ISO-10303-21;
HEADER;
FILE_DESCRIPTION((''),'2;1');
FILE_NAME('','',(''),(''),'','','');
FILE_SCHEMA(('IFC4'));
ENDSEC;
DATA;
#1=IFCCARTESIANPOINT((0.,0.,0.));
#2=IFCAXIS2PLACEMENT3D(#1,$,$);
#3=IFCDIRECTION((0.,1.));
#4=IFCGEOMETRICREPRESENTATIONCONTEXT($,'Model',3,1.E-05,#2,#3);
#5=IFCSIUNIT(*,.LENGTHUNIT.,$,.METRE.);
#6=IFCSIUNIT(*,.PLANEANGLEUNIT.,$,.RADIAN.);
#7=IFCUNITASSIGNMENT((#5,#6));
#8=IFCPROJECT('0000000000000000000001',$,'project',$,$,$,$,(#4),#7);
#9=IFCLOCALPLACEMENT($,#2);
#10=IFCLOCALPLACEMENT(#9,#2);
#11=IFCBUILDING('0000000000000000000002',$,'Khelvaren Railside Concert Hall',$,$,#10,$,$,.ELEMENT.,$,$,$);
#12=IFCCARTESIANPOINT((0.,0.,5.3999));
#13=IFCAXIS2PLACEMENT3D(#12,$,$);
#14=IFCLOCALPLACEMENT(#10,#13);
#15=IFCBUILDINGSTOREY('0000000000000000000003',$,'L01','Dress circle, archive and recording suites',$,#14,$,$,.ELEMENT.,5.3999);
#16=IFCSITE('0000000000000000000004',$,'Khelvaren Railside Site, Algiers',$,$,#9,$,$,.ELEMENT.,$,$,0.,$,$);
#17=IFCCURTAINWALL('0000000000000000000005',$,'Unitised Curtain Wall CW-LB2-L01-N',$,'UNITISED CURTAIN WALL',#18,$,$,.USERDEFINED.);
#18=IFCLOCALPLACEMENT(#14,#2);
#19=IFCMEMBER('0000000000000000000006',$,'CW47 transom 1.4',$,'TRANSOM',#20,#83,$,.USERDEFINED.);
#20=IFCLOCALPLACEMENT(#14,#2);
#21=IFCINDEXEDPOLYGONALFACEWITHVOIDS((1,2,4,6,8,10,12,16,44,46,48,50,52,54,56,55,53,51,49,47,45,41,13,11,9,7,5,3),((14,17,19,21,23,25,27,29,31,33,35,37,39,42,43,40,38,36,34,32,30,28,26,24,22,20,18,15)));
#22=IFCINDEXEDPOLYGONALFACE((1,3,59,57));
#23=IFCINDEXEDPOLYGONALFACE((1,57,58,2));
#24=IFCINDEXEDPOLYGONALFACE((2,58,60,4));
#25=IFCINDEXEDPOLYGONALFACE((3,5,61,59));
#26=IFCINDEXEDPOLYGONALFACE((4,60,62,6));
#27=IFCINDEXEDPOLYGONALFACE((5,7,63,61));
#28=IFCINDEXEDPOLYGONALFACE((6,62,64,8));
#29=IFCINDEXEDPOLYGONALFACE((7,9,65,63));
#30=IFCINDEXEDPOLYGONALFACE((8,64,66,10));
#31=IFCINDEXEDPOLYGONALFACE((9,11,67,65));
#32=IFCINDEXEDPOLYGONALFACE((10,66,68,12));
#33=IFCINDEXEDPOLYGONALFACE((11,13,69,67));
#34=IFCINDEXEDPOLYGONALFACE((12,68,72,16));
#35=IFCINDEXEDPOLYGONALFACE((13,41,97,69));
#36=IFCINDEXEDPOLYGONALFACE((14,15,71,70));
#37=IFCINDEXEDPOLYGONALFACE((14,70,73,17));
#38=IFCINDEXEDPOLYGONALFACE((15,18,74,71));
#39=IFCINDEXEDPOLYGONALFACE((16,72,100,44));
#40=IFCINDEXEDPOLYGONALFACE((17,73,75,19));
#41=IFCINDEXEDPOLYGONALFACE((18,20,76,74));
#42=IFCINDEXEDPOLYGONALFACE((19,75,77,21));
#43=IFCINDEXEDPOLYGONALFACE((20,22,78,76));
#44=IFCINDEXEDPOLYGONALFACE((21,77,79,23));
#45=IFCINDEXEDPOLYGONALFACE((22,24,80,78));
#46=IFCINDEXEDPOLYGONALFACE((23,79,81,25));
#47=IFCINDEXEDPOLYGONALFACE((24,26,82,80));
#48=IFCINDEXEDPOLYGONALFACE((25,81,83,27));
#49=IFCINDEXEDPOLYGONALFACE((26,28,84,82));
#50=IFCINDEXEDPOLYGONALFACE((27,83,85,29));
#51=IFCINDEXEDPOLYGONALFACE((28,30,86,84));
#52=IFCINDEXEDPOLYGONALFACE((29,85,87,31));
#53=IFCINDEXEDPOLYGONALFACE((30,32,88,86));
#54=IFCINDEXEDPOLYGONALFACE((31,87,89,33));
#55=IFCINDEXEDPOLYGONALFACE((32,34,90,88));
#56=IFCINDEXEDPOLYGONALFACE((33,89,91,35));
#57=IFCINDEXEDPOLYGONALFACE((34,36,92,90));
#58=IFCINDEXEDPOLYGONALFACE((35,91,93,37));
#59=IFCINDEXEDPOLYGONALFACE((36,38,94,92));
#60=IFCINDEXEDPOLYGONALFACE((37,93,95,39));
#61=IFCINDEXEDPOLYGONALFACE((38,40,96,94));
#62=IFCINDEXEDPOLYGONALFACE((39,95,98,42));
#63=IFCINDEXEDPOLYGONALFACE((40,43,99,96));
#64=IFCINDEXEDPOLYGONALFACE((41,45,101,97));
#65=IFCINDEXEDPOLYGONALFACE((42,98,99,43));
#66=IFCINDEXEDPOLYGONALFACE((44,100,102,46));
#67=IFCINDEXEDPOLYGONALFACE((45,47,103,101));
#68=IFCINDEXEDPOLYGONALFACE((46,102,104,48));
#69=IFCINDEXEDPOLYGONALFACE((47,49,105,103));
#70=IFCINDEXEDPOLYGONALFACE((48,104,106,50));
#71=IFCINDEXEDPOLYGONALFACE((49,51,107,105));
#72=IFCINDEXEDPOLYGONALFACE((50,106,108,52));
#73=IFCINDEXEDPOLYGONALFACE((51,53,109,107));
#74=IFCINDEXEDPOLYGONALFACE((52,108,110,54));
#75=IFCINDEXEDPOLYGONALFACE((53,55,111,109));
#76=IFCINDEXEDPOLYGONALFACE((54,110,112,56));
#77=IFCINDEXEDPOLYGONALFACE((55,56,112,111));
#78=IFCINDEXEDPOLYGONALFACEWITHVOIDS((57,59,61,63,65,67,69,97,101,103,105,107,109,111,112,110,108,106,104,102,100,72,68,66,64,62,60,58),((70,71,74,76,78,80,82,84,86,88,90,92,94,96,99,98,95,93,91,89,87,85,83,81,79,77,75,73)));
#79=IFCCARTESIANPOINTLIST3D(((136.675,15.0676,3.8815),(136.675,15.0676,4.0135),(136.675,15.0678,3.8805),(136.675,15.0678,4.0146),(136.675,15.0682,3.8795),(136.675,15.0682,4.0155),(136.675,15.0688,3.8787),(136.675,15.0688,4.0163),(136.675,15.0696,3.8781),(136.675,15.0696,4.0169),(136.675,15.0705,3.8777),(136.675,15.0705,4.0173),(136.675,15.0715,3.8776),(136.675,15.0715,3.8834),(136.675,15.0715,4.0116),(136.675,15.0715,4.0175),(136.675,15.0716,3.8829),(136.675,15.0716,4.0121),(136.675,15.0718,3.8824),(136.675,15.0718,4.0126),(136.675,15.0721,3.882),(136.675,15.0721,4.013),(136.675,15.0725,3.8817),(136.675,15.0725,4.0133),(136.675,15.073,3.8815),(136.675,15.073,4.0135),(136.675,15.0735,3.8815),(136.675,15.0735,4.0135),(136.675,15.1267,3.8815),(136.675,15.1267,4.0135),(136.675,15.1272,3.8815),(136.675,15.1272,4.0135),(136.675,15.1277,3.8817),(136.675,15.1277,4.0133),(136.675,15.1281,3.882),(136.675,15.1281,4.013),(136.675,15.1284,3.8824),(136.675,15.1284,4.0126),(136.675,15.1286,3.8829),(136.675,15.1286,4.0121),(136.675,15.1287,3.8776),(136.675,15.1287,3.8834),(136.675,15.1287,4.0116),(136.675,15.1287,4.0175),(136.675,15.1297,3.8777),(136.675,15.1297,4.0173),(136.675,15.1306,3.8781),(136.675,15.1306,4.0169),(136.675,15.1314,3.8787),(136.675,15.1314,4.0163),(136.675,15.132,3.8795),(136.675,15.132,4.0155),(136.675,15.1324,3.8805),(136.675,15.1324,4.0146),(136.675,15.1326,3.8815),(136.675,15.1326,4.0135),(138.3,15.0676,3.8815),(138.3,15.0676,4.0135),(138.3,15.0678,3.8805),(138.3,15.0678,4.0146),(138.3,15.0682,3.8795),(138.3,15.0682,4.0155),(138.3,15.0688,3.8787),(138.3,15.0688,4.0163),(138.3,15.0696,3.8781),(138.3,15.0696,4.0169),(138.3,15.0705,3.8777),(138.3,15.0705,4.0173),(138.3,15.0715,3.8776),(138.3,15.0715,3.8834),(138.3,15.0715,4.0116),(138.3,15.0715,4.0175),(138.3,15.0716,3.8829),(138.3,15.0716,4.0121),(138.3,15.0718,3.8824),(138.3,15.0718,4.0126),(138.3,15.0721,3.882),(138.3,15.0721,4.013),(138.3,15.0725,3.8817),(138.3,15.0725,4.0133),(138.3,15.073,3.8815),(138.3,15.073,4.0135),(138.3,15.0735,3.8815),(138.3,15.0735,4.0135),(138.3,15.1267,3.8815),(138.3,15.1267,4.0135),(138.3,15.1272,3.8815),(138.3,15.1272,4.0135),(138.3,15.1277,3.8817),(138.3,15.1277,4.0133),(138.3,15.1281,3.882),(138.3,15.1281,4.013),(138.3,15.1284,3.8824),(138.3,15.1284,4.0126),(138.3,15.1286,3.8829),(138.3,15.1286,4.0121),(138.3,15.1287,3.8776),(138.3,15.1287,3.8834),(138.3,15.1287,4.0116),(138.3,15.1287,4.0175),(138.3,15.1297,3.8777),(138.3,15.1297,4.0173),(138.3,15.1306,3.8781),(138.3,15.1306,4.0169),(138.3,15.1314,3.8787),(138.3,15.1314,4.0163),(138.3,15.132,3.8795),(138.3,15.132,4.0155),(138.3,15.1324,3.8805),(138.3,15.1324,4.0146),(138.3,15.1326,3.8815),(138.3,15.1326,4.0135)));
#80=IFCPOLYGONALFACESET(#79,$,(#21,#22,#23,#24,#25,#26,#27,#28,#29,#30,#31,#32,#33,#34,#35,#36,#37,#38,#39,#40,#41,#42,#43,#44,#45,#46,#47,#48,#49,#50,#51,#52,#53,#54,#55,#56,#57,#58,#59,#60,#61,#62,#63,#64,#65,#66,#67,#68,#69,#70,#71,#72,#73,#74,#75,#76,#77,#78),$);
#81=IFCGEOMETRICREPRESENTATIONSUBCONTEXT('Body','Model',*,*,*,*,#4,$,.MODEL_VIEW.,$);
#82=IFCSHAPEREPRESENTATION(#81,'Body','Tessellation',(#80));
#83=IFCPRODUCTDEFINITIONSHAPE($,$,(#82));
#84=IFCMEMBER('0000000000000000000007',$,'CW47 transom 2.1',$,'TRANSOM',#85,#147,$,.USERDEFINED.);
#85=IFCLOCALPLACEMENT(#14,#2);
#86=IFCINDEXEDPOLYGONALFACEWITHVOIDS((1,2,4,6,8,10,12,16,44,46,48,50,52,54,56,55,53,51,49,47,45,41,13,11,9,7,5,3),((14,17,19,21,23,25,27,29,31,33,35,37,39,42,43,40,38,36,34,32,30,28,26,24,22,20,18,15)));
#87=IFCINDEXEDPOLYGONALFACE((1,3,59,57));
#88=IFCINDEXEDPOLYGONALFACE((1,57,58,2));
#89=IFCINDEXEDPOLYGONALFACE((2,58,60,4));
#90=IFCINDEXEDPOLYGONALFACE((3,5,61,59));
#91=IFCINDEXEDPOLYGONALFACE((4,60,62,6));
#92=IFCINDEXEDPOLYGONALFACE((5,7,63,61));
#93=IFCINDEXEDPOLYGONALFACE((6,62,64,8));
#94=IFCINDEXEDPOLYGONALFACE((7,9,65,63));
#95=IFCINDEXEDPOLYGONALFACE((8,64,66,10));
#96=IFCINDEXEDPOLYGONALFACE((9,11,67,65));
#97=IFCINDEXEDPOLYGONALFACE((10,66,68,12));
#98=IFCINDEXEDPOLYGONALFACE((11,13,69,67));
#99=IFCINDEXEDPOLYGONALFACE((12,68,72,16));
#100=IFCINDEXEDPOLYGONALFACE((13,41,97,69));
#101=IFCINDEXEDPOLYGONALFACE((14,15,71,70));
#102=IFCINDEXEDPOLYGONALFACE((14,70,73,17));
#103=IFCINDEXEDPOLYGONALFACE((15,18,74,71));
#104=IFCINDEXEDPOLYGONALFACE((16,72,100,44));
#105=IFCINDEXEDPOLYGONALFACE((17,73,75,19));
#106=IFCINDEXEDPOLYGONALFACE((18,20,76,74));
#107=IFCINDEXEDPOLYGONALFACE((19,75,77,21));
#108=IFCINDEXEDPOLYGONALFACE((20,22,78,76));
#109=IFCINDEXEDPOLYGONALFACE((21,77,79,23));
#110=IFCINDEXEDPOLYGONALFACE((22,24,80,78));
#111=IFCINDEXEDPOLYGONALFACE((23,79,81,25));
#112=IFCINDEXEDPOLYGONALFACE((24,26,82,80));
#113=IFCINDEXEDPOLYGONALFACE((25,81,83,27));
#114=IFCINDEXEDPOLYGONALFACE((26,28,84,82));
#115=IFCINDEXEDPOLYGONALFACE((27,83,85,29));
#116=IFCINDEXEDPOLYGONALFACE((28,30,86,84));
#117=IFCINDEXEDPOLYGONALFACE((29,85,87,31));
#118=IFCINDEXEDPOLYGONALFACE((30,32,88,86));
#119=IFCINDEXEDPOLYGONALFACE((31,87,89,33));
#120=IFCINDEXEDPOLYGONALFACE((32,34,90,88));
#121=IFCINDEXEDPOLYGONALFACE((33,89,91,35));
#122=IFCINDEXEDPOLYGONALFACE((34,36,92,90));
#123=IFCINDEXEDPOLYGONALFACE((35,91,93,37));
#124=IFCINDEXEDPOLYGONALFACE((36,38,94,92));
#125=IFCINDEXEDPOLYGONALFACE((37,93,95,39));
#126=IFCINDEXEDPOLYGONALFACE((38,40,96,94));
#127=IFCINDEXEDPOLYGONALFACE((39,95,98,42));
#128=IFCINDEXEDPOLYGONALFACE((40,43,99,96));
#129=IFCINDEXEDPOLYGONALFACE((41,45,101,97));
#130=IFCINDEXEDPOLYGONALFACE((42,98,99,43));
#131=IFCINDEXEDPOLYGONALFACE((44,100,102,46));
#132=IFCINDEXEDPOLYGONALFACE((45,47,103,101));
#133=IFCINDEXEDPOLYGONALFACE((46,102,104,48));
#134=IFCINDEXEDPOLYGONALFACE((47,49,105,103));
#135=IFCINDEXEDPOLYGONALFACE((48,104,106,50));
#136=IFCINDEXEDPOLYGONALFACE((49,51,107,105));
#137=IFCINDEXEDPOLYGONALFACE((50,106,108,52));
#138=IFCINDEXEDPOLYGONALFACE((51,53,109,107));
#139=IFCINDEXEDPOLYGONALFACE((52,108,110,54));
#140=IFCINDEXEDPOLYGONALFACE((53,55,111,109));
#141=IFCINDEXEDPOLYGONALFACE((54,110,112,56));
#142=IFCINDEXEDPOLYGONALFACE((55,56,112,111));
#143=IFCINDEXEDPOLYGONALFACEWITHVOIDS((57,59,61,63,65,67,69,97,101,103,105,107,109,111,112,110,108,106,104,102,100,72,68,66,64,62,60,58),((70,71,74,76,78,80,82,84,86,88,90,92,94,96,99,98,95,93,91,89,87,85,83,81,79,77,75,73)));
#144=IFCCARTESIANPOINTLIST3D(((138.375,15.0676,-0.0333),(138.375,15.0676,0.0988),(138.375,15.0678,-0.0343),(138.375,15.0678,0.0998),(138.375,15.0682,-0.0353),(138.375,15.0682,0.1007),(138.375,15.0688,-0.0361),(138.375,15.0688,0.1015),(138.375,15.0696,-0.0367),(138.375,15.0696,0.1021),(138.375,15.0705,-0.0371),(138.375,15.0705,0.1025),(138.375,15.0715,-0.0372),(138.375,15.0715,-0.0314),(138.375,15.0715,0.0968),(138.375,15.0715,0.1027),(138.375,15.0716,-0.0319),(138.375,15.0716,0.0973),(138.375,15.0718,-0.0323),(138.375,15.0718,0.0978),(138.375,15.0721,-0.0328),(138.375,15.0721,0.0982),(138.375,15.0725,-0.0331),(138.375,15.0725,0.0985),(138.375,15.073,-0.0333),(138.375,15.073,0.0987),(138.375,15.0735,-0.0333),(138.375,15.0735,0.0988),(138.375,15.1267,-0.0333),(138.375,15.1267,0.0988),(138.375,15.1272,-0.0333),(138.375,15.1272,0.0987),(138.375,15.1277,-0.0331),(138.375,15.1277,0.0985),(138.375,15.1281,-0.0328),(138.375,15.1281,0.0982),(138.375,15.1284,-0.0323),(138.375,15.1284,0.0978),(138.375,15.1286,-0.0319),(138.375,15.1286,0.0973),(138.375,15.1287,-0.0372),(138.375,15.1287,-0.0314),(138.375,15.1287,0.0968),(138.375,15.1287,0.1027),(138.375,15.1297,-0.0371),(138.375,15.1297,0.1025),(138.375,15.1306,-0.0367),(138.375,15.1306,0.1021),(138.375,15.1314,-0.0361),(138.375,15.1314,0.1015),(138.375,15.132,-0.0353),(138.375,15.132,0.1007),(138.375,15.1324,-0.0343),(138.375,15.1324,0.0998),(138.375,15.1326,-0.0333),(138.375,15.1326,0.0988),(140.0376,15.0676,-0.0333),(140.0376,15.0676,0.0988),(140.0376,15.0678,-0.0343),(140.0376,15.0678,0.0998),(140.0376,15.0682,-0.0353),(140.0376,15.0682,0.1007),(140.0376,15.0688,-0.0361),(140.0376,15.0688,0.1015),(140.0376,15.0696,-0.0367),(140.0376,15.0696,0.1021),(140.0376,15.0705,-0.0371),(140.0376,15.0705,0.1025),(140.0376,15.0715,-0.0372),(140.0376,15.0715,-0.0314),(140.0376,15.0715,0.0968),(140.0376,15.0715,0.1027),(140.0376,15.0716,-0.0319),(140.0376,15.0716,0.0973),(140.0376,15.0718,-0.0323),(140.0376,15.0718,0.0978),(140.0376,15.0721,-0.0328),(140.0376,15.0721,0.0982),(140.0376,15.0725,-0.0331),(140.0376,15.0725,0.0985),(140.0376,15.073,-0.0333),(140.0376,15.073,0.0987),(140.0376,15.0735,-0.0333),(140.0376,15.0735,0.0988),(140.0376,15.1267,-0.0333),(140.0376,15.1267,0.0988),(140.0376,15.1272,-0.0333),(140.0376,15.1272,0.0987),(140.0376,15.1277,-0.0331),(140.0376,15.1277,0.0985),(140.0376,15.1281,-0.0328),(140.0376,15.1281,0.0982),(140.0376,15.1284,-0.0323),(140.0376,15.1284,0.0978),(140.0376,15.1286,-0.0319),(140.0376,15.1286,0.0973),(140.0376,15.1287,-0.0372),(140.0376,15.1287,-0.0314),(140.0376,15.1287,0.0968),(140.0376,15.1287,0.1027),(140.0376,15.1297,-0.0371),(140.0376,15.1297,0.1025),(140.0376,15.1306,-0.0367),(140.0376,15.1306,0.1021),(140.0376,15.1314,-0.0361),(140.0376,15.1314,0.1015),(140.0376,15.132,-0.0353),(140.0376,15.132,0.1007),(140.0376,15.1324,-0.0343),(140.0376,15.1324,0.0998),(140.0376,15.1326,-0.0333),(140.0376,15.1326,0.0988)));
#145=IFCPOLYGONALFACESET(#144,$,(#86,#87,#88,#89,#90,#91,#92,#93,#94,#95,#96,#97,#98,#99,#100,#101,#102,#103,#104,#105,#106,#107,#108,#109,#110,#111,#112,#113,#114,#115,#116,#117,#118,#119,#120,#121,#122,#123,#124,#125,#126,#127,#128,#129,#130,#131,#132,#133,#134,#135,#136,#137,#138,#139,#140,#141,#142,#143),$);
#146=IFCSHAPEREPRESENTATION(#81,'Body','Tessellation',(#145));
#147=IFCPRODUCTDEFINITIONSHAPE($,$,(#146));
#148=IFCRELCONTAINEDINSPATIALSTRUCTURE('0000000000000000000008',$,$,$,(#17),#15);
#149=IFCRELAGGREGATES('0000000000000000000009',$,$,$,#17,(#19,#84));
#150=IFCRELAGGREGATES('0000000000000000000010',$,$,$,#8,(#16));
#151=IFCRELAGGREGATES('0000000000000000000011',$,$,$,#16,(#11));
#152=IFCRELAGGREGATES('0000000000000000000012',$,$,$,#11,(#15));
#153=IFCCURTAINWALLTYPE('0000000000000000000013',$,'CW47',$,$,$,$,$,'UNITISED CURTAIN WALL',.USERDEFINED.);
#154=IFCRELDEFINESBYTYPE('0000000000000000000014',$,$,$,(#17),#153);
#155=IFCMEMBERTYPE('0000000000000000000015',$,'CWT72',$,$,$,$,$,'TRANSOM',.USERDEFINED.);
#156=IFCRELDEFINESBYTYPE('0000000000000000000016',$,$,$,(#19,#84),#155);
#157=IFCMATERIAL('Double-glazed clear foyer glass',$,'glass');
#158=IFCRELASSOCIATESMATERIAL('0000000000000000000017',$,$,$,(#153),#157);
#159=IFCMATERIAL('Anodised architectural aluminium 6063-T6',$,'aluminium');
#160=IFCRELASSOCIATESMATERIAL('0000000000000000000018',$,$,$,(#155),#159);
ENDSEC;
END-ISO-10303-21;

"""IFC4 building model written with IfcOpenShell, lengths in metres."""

from ifc_helpers import new_model, si_unit, direction, frame, origin, origin_2d, place, context, subcontext, project, spatial, hollow_rectangle, extrude, material, material_profile, profile_set, type_object, element, aggregate, save


model = new_model("IFC4")

# Units and contexts
model_context = context("Model", 3, precision=1e-05, world=origin(), true_north=direction((0.0, 1.0)))
body_context = subcontext(model_context, "Body", "Model", "MODEL_VIEW")
ifc_project = project(units=[si_unit("LENGTHUNIT", "METRE"), si_unit("PLANEANGLEUNIT", "RADIAN")], contexts=[model_context])

# Site, building, storey
site_placement = place(None, origin())
site = spatial("IfcSite", under=ifc_project, at=site_placement, Name="Khelvaren Railside Site, Algiers", CompositionType="ELEMENT", RefElevation=0.0)
building_placement = place(site_placement, origin())
building = spatial("IfcBuilding", under=site, at=building_placement, Name="Khelvaren Railside Concert Hall", CompositionType="ELEMENT")
storey_placement = place(building_placement, frame((0.0, 0.0, 5.3999)))
storey = spatial("IfcBuildingStorey", under=building, at=storey_placement, Name="L01", Description="Dress circle, archive and recording suites", CompositionType="ELEMENT", Elevation=5.3999)

# Curtain wall
ifc_material_1 = material(Name="Double-glazed clear foyer glass", Category="glass")
curtain_wall_type_1 = type_object("IfcCurtainWallType", Name="CW47", ElementType="UNITISED CURTAIN WALL", PredefinedType="USERDEFINED", material=ifc_material_1)
curtain_wall_1_placement = place(storey_placement, origin())
curtain_wall_1 = element("IfcCurtainWall", 1, at=curtain_wall_1_placement, inside=storey, type_object=curtain_wall_type_1, Name="Unitised Curtain Wall CW-LB2-L01-N", ObjectType="UNITISED CURTAIN WALL", PredefinedType="USERDEFINED")
ifc_material_2 = material(Name="Anodised architectural aluminium 6063-T6", Category="aluminium")

# Members
ifc_material_profile_1 = material_profile(ifc_material_2, hollow_rectangle(XDim=0.0649, YDim=0.1399, WallThickness=0.0039, InnerFilletRadius=0.002, OuterFilletRadius=0.0039, at=origin_2d()), Name="CWT 65x140x4")
ifc_profile_set_1 = profile_set([ifc_material_profile_1], Name="Anodised architectural aluminium 6063-T6")
member_type_1 = type_object("IfcMemberType", Name="CWT72", ElementType="TRANSOM", PredefinedType="USERDEFINED", material=ifc_profile_set_1)
member_1_placement = place(storey_placement, frame((136.675, 15.1001, 3.9475), z_axis=(1.0, 0.0, 0.0), x_axis=(0.0, 1.0, 0.0)))
member_1 = element("IfcMember", 2, at=member_1_placement, type_object=member_type_1, Name="CW47 transom 1.4", ObjectType="TRANSOM", PredefinedType="USERDEFINED", context=body_context, shape_type="SweptSolid", body=[
    extrude(hollow_rectangle(XDim=0.0649, YDim=0.1399, WallThickness=0.0039, InnerFilletRadius=0.002, OuterFilletRadius=0.0039, at=origin_2d()), origin(), (0.0, 0.0, 1.0), 1.625),
])
member_2_placement = place(storey_placement, frame((138.375, 15.1001, 0.0327), z_axis=(1.0, 0.0, 0.0), x_axis=(0.0, 1.0, 0.0)))
member_2 = element("IfcMember", 3, at=member_2_placement, type_object=member_type_1, Name="CW47 transom 2.1", ObjectType="TRANSOM", PredefinedType="USERDEFINED", context=body_context, shape_type="SweptSolid", body=[
    extrude(hollow_rectangle(XDim=0.0649, YDim=0.1399, WallThickness=0.0039, InnerFilletRadius=0.002, OuterFilletRadius=0.0039, at=origin_2d()), origin(), (0.0, 0.0, 1.0), 1.6626),
])

aggregate(curtain_wall_1, [member_1, member_2])

save(model, "model.ifc")
